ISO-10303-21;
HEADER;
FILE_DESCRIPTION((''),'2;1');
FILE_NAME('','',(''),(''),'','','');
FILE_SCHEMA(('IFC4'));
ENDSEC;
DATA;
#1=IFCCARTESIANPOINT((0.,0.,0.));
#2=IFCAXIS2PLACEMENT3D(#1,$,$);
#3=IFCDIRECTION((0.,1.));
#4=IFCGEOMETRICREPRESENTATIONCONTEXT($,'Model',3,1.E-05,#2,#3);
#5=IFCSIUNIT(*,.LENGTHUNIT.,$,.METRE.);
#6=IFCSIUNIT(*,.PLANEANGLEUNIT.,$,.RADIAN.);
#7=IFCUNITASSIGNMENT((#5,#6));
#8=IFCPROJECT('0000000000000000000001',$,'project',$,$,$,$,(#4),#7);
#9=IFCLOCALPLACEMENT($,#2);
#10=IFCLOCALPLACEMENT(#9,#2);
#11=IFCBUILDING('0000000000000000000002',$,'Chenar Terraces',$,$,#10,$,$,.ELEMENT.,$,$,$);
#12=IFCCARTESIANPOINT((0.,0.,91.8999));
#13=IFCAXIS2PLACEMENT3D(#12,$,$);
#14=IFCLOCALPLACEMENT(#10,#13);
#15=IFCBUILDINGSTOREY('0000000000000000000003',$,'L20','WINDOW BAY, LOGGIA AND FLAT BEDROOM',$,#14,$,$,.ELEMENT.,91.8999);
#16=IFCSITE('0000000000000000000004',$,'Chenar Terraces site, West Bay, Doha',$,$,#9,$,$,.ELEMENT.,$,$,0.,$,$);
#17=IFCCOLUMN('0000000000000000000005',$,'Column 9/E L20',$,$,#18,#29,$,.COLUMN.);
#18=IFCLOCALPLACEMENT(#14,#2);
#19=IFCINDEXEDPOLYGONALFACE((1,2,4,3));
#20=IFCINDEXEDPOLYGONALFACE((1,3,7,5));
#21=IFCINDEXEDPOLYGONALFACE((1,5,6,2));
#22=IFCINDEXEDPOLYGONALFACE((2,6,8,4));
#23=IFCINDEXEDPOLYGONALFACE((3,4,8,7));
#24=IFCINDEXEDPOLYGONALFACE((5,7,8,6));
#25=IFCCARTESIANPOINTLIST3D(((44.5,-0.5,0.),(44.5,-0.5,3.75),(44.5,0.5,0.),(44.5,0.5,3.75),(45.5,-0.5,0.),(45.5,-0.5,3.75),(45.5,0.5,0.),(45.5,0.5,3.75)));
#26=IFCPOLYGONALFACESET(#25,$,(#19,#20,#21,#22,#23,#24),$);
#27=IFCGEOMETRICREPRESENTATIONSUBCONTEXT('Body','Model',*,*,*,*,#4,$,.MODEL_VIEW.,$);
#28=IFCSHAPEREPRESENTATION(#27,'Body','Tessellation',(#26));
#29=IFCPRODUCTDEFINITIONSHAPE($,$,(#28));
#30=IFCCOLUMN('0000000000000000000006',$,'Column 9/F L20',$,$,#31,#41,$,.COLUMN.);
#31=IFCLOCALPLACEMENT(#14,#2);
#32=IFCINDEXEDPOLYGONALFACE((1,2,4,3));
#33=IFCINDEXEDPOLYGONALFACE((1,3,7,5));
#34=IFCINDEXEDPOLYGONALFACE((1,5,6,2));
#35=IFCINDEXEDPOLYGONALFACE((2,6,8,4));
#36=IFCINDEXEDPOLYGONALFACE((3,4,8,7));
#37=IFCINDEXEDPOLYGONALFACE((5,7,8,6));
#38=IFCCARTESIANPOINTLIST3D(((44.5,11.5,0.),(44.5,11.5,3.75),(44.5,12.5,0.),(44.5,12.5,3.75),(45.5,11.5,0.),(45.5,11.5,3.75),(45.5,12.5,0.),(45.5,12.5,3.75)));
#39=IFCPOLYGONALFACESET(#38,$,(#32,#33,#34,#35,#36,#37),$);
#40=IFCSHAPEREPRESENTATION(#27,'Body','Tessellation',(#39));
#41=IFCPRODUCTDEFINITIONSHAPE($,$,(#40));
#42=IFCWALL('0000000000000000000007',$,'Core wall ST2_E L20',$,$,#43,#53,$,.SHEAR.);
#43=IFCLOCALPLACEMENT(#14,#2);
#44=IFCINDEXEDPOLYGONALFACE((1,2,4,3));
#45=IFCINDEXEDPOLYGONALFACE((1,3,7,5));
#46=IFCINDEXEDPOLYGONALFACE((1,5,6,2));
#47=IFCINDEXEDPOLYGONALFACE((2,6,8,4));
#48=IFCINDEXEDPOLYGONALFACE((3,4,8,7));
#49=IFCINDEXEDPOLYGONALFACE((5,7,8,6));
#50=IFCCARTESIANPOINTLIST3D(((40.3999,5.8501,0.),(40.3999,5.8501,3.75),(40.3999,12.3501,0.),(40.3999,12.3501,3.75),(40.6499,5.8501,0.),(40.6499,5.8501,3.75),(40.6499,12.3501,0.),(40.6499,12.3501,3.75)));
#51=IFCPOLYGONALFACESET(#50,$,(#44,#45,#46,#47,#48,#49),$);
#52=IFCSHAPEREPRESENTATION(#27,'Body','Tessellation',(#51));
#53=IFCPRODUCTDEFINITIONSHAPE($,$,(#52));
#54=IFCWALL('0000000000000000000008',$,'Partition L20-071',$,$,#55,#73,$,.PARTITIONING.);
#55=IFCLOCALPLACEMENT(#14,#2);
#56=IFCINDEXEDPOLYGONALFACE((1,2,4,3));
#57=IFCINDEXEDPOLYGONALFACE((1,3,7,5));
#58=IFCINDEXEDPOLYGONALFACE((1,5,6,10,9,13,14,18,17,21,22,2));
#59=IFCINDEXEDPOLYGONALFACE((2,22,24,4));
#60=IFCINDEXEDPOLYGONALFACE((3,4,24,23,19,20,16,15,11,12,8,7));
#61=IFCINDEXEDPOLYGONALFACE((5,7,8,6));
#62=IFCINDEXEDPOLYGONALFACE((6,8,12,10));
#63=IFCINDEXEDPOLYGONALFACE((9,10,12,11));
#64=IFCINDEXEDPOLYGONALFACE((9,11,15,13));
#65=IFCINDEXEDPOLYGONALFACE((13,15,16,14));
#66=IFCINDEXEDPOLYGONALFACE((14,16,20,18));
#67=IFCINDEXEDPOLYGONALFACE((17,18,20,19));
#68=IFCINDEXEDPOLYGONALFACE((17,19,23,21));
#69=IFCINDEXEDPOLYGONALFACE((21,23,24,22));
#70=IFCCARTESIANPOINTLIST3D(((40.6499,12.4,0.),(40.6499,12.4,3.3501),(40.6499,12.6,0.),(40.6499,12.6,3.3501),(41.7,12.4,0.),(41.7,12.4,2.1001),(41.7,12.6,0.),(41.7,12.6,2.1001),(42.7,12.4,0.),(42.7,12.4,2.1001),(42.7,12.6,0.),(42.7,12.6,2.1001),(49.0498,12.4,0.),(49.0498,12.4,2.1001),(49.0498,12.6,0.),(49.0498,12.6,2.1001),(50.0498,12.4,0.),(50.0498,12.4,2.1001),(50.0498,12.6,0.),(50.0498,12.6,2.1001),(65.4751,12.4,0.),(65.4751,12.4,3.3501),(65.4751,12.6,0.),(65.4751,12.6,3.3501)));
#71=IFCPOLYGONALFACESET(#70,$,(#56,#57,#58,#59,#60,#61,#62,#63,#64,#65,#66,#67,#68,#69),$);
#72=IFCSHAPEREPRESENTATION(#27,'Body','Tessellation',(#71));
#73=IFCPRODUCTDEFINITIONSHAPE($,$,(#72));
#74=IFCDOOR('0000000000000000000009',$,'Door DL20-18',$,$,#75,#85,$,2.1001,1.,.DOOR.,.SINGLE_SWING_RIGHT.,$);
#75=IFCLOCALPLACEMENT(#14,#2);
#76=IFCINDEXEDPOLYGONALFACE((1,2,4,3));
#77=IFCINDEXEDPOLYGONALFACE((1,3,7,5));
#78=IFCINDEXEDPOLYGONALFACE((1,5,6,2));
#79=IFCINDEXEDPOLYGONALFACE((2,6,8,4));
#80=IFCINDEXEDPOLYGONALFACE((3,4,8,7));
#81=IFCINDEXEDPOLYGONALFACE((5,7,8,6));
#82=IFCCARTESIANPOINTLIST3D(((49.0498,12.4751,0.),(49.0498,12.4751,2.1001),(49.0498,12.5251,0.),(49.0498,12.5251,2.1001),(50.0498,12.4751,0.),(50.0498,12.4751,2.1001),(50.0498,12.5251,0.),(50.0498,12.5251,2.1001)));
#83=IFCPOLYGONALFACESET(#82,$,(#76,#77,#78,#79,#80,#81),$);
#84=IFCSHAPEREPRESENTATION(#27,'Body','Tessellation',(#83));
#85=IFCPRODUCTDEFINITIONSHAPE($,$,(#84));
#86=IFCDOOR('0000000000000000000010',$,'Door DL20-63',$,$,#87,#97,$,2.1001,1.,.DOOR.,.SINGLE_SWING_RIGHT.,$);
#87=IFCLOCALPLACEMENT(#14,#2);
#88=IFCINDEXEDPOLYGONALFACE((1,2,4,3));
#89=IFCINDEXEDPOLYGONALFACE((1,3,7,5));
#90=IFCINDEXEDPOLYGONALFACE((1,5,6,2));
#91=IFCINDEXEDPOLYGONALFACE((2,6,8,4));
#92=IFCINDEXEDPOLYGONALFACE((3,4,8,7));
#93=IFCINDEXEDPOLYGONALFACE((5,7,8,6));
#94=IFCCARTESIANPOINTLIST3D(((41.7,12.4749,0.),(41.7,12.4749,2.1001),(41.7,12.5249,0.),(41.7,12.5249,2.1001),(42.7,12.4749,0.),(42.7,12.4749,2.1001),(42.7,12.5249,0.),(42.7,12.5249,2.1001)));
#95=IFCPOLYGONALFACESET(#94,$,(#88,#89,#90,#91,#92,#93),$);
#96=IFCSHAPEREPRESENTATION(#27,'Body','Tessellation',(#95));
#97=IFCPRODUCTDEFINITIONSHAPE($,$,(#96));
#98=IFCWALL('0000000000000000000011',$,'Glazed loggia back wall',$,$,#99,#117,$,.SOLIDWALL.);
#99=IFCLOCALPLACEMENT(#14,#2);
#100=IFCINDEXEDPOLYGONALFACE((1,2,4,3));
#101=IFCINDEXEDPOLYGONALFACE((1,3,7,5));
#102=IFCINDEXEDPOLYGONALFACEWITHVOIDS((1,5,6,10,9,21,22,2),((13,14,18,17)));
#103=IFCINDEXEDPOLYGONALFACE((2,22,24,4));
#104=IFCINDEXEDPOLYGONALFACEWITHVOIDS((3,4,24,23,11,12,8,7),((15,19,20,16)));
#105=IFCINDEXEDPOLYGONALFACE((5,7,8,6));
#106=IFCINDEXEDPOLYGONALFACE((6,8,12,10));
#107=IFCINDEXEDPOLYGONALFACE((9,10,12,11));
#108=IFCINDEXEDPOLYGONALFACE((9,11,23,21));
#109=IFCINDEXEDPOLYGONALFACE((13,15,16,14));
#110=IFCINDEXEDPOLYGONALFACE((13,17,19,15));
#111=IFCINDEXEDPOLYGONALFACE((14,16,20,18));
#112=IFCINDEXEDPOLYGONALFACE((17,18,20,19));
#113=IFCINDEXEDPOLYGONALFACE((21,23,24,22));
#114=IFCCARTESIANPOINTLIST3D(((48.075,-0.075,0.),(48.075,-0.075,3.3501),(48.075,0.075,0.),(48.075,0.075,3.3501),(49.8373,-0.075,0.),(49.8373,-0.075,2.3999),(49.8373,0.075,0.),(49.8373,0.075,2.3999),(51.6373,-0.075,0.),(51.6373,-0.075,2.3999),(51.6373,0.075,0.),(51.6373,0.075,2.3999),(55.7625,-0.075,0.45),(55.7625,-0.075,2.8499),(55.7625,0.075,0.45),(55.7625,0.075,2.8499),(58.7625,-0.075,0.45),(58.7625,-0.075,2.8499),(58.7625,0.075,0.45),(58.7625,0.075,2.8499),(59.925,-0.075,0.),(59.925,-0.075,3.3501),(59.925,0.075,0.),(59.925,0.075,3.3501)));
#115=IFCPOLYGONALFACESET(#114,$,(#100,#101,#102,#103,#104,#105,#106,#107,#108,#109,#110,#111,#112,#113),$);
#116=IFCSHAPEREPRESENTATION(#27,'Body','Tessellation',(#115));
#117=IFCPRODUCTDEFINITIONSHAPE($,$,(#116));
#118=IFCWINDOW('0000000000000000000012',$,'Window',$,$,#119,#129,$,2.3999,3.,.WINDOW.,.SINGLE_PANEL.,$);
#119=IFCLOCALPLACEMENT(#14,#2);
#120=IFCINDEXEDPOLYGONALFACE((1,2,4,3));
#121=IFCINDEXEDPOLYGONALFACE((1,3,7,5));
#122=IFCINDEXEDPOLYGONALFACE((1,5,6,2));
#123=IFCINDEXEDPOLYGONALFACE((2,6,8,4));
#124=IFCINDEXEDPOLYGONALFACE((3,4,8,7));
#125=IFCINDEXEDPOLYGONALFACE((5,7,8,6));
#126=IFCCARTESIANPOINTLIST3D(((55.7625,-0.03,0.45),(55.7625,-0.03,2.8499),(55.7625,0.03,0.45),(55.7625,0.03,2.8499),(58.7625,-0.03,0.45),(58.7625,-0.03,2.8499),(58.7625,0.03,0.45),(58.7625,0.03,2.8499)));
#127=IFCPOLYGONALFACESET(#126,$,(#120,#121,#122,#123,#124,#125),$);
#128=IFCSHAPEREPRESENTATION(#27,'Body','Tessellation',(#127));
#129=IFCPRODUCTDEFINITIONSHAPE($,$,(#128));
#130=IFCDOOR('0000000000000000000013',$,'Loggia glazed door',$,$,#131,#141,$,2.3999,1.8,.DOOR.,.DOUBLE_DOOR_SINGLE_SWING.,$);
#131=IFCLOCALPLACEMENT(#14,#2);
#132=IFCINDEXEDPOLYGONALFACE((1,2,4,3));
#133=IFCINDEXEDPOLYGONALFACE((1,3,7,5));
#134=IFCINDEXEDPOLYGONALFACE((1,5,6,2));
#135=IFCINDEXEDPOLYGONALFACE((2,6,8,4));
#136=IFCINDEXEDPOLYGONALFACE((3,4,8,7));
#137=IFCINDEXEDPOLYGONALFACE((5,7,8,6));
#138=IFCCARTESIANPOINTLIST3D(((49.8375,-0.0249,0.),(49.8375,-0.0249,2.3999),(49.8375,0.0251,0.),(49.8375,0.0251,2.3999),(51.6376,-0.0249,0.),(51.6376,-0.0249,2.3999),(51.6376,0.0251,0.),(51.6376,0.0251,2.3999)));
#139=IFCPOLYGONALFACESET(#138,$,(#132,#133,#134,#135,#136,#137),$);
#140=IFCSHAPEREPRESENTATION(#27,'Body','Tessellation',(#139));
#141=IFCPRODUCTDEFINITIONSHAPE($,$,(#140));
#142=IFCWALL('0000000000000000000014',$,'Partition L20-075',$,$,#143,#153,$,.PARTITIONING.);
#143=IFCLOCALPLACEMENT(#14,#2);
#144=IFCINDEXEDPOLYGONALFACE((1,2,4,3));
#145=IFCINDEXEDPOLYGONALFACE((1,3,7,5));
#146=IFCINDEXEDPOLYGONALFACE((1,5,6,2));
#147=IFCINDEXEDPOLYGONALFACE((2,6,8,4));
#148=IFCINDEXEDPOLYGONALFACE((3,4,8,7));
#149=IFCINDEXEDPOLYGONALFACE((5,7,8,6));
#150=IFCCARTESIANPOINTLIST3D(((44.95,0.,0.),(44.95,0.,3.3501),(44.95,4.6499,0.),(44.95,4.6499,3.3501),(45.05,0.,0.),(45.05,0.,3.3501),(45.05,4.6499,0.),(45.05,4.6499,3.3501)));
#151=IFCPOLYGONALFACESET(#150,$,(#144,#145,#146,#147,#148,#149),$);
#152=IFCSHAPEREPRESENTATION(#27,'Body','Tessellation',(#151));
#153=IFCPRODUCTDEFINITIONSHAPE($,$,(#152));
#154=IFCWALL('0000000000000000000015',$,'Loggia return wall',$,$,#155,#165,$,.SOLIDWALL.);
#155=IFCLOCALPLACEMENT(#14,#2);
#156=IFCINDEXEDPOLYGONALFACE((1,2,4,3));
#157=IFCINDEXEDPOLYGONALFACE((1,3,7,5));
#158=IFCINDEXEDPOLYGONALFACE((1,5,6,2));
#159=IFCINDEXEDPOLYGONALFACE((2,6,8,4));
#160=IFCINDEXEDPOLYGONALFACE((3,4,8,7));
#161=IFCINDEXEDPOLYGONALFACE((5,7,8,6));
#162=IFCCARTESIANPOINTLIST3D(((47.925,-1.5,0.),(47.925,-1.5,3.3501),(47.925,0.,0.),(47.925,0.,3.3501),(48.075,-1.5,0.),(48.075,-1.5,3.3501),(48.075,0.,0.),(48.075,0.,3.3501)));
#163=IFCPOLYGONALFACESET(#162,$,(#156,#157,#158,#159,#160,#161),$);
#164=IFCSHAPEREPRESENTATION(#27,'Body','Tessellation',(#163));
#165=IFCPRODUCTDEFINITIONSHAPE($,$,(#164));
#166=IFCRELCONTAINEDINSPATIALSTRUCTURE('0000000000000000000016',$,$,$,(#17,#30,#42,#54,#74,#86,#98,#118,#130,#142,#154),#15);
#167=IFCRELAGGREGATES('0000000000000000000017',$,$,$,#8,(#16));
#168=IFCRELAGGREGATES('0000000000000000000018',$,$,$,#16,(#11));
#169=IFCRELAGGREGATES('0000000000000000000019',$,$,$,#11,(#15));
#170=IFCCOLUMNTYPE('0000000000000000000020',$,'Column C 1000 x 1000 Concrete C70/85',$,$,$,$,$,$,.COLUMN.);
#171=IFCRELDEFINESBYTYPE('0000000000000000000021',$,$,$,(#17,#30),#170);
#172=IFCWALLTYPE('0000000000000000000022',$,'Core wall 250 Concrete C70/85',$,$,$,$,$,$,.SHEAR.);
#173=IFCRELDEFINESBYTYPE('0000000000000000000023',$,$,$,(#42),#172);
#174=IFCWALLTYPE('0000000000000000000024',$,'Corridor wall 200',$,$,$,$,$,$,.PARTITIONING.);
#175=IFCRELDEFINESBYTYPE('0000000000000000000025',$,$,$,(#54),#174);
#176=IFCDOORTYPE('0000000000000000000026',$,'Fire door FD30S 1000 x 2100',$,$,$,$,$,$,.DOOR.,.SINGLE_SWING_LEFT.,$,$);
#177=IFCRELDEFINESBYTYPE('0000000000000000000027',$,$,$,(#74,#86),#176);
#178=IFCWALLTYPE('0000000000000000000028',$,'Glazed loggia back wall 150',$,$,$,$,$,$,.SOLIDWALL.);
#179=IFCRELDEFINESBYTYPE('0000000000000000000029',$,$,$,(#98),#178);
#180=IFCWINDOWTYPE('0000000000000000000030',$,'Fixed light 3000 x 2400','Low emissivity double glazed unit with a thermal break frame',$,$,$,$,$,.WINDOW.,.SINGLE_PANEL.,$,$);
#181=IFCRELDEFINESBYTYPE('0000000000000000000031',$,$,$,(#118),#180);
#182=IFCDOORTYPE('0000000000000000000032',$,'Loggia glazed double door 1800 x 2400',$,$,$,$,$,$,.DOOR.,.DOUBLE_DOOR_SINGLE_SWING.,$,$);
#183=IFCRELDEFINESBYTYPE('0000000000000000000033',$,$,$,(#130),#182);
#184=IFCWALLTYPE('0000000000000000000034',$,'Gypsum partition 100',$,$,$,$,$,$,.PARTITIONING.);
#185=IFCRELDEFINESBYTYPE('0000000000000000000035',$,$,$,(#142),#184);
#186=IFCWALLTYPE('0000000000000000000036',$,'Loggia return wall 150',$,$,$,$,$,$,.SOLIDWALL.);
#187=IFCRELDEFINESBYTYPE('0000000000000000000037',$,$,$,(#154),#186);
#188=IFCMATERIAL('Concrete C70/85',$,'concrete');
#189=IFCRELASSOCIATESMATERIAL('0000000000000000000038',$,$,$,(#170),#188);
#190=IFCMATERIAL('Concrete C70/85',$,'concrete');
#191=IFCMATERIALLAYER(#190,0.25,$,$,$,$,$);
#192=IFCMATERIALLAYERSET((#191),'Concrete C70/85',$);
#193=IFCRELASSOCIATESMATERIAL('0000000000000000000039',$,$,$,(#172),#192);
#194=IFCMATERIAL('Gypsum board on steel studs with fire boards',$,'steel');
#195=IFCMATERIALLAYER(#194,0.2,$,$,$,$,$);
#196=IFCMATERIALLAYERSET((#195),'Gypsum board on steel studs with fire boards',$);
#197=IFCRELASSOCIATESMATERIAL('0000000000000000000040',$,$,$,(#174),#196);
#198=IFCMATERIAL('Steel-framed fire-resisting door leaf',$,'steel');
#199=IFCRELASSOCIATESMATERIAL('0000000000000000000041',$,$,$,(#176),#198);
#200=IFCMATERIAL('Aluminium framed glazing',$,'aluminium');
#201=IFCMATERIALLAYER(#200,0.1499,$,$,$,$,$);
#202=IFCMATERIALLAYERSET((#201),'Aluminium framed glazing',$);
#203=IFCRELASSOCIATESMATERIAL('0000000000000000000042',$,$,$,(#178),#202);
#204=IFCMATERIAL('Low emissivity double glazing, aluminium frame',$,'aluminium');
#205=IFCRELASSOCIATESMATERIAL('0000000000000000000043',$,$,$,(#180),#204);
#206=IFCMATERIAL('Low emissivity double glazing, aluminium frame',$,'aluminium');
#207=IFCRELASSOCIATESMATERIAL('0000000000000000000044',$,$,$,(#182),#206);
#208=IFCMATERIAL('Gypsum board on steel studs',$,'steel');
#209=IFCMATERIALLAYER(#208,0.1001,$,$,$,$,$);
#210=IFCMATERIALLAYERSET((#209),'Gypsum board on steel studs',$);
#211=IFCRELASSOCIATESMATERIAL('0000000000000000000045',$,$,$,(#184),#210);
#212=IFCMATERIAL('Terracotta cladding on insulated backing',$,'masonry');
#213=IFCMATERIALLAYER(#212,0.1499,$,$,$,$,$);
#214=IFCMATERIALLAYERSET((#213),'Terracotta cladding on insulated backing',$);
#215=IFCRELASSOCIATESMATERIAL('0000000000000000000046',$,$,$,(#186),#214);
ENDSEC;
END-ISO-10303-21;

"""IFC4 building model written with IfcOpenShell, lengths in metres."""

from ifc_helpers import new_model, si_unit, direction, frame, frame_2d, origin, origin_2d, place, context, subcontext, project, spatial, rectangle, extrude, material, layer, layer_set, material_profile, profile_set, type_object, element, fill, save


model = new_model("IFC4")

# Units and contexts
model_context = context("Model", 3, precision=1e-05, world=origin(), true_north=direction((0.0, 1.0)))
body_context = subcontext(model_context, "Body", "Model", "MODEL_VIEW")
ifc_project = project(units=[si_unit("LENGTHUNIT", "METRE"), si_unit("PLANEANGLEUNIT", "RADIAN")], contexts=[model_context])

# Site, building, storey
site_placement = place(None, origin())
site = spatial("IfcSite", under=ifc_project, at=site_placement, Name="Chenar Terraces site, West Bay, Doha", CompositionType="ELEMENT", RefElevation=0.0)
building_placement = place(site_placement, origin())
building = spatial("IfcBuilding", under=site, at=building_placement, Name="Chenar Terraces", CompositionType="ELEMENT")
storey_placement = place(building_placement, frame((0.0, 0.0, 91.8999)))
storey = spatial("IfcBuildingStorey", under=building, at=storey_placement, Name="L20", Description="WINDOW BAY, LOGGIA AND FLAT BEDROOM", CompositionType="ELEMENT", Elevation=91.8999)

# Columns
ifc_material_1 = material(Name="Concrete C70/85", Category="concrete")
ifc_material_profile_1 = material_profile(ifc_material_1, rectangle(XDim=1.0, YDim=1.0, at=origin_2d()), Name="C 1000 x 1000")
ifc_profile_set_1 = profile_set([ifc_material_profile_1], Name="Concrete C70/85")
column_type = type_object("IfcColumnType", Name="Column C 1000 x 1000 Concrete C70/85", PredefinedType="COLUMN", material=ifc_profile_set_1)
for number, where, z_axis, x_axis, name in (
    (1, (45.0, 0.0, 0.0), (0.0, 0.0, 1.0), (1.0, 0.0, 0.0), "Column 9/E L20"),
    (2, (45.0, 12.0, 0.0), (0.0, 0.0, 1.0), (1.0, 0.0, 0.0), "Column 9/F L20"),
):
    element("IfcColumn", number, at=place(storey_placement, frame(where, z_axis=z_axis, x_axis=x_axis)), inside=storey, type_object=column_type, Name=name, PredefinedType="COLUMN", context=body_context, shape_type="SweptSolid", body=[
        extrude(rectangle(XDim=1.0, YDim=1.0, at=origin_2d()), origin(), (0.0, 0.0, 1.0), 3.75),
    ])

# Wall
ifc_material_2 = material(Name="Concrete C70/85", Category="concrete")
ifc_layer_1 = layer(ifc_material_2, 0.25)
ifc_layer_set_1 = layer_set([ifc_layer_1], Name="Concrete C70/85")
wall_type_1 = type_object("IfcWallType", Name="Core wall 250 Concrete C70/85", PredefinedType="SHEAR", material=ifc_layer_set_1)
wall_1_placement = place(storey_placement, frame((40.5249, 5.8501, 0.0), z_axis=(0.0, 0.0, 1.0), x_axis=(0.0, 1.0, 0.0)))
element("IfcWall", 3, at=wall_1_placement, inside=storey, type_object=wall_type_1, Name="Core wall ST2_E L20", PredefinedType="SHEAR", context=body_context, shape_type="SweptSolid", body=[
    extrude(rectangle(XDim=6.5, YDim=0.25, at=frame_2d((3.25, 0.0))), origin(), (0.0, 0.0, 1.0), 3.75),
])

# Wall, openings, doors
ifc_material_3 = material(Name="Gypsum board on steel studs with fire boards", Category="steel")
ifc_layer_2 = layer(ifc_material_3, 0.2)
ifc_layer_set_2 = layer_set([ifc_layer_2], Name="Gypsum board on steel studs with fire boards")
wall_type_2 = type_object("IfcWallType", Name="Corridor wall 200", PredefinedType="PARTITIONING", material=ifc_layer_set_2)
wall_2_placement = place(storey_placement, frame((40.6499, 12.5, 0.0), z_axis=(0.0, 0.0, 1.0), x_axis=(1.0, 0.0, 0.0)))
wall_2 = element("IfcWall", 4, at=wall_2_placement, inside=storey, type_object=wall_type_2, Name="Partition L20-071", PredefinedType="PARTITIONING", context=body_context, shape_type="SweptSolid", body=[
    extrude(rectangle(XDim=24.8252, YDim=0.2, at=frame_2d((12.4126, 0.0))), origin(), (0.0, 0.0, 1.0), 3.3501),
])
opening_1_placement = place(wall_2_placement, frame((8.3999, 0.0, 0.0)))
opening_1 = element("IfcOpeningElement", 5, at=opening_1_placement, cuts=wall_2, PredefinedType="OPENING", context=body_context, shape_type="SweptSolid", body=[
    extrude(rectangle(XDim=1.0, YDim=2.1001, at=frame_2d((0.5, 1.05))), frame((0.0, 0.1099, 0.0), z_axis=(0.0, -1.0, 0.0), x_axis=(1.0, 0.0, 0.0)), (0.0, 0.0, 1.0), 0.22),
])
opening_2_placement = place(wall_2_placement, frame((1.05, 0.0, 0.0)))
opening_2 = element("IfcOpeningElement", 6, at=opening_2_placement, cuts=wall_2, PredefinedType="OPENING", context=body_context, shape_type="SweptSolid", body=[
    extrude(rectangle(XDim=1.0, YDim=2.1001, at=frame_2d((0.5, 1.05))), frame((0.0, 0.1099, 0.0), z_axis=(0.0, -1.0, 0.0), x_axis=(1.0, 0.0, 0.0)), (0.0, 0.0, 1.0), 0.22),
])
ifc_material_4 = material(Name="Steel-framed fire-resisting door leaf", Category="steel")
door_type_1 = type_object("IfcDoorType", Name="Fire door FD30S 1000 x 2100", OperationType="SINGLE_SWING_LEFT", PredefinedType="DOOR", material=ifc_material_4)
door_1_placement = place(opening_1_placement, frame((1.0, 0.0, 0.0), z_axis=(0.0, 0.0, 1.0), x_axis=(-1.0, 0.0, 0.0)))
door_1 = element("IfcDoor", 7, at=door_1_placement, inside=storey, type_object=door_type_1, Name="Door DL20-18", OperationType="SINGLE_SWING_RIGHT", OverallHeight=2.1001, OverallWidth=1.0, PredefinedType="DOOR", context=body_context, shape_type="SweptSolid", body=[
    extrude(rectangle(XDim=1.0, YDim=2.1001, at=frame_2d((0.5, 1.05))), frame((0.0, 0.0249, 0.0), z_axis=(0.0, -1.0, 0.0), x_axis=(1.0, 0.0, 0.0)), (0.0, 0.0, 1.0), 0.05),
])
fill(opening_1, door_1)
door_2_placement = place(opening_2_placement, origin())
door_2 = element("IfcDoor", 8, at=door_2_placement, inside=storey, type_object=door_type_1, Name="Door DL20-63", OperationType="SINGLE_SWING_RIGHT", OverallHeight=2.1001, OverallWidth=1.0, PredefinedType="DOOR", context=body_context, shape_type="SweptSolid", body=[
    extrude(rectangle(XDim=1.0, YDim=2.1001, at=frame_2d((0.5, 1.05))), frame((0.0, 0.0249, 0.0), z_axis=(0.0, -1.0, 0.0), x_axis=(1.0, 0.0, 0.0)), (0.0, 0.0, 1.0), 0.05),
])
fill(opening_2, door_2)

# Wall, openings, window, door
ifc_material_5 = material(Name="Aluminium framed glazing", Category="aluminium")
ifc_layer_3 = layer(ifc_material_5, 0.1499)
ifc_layer_set_3 = layer_set([ifc_layer_3], Name="Aluminium framed glazing")
wall_type_3 = type_object("IfcWallType", Name="Glazed loggia back wall 150", PredefinedType="SOLIDWALL", material=ifc_layer_set_3)
wall_3_placement = place(storey_placement, frame((48.075, 0.0, 0.0), z_axis=(0.0, 0.0, 1.0), x_axis=(1.0, 0.0, 0.0)))
wall_3 = element("IfcWall", 9, at=wall_3_placement, inside=storey, type_object=wall_type_3, Name="Glazed loggia back wall", PredefinedType="SOLIDWALL", context=body_context, shape_type="SweptSolid", body=[
    extrude(rectangle(XDim=11.8501, YDim=0.1499, at=frame_2d((5.925, 0.0))), origin(), (0.0, 0.0, 1.0), 3.3501),
])
opening_3_placement = place(wall_3_placement, frame((1.7625, 0.0, 0.0)))
opening_3 = element("IfcOpeningElement", 10, at=opening_3_placement, cuts=wall_3, PredefinedType="OPENING", context=body_context, shape_type="SweptSolid", body=[
    extrude(rectangle(XDim=1.8, YDim=2.3999, at=frame_2d((0.8999, 1.2))), frame((0.0, 0.085, 0.0), z_axis=(0.0, -1.0, 0.0), x_axis=(1.0, 0.0, 0.0)), (0.0, 0.0, 1.0), 0.1699),
])
opening_4_placement = place(wall_3_placement, frame((7.6875, 0.0, 0.45)))
opening_4 = element("IfcOpeningElement", 11, at=opening_4_placement, cuts=wall_3, PredefinedType="OPENING", context=body_context, shape_type="SweptSolid", body=[
    extrude(rectangle(XDim=3.0, YDim=2.3999, at=frame_2d((1.5, 1.2))), frame((0.0, 0.085, 0.0), z_axis=(0.0, -1.0, 0.0), x_axis=(1.0, 0.0, 0.0)), (0.0, 0.0, 1.0), 0.1699),
])
ifc_material_6 = material(Name="Low emissivity double glazing, aluminium frame", Category="aluminium")
window_type = type_object("IfcWindowType", Name="Fixed light 3000 x 2400", Description="Low emissivity double glazed unit with a thermal break frame", PartitioningType="SINGLE_PANEL", PredefinedType="WINDOW", material=ifc_material_6)
window_placement = place(opening_4_placement, origin())
window = element("IfcWindow", 12, at=window_placement, inside=storey, type_object=window_type, Name="Window", OverallHeight=2.3999, OverallWidth=3.0, PartitioningType="SINGLE_PANEL", PredefinedType="WINDOW", context=body_context, shape_type="SweptSolid", body=[
    extrude(rectangle(XDim=3.0, YDim=2.3999, at=frame_2d((1.5, 1.2))), frame((0.0, 0.03, 0.0), z_axis=(0.0, -1.0, 0.0), x_axis=(1.0, 0.0, 0.0)), (0.0, 0.0, 1.0), 0.0601),
])
fill(opening_4, window)
ifc_material_7 = material(Name="Low emissivity double glazing, aluminium frame", Category="aluminium")
door_type_2 = type_object("IfcDoorType", Name="Loggia glazed double door 1800 x 2400", OperationType="DOUBLE_DOOR_SINGLE_SWING", PredefinedType="DOOR", material=ifc_material_7)
door_3_placement = place(opening_3_placement, frame((1.8, 0.0, 0.0), z_axis=(0.0, 0.0, 1.0), x_axis=(-1.0, 0.0, 0.0)))
door_3 = element("IfcDoor", 13, at=door_3_placement, inside=storey, type_object=door_type_2, Name="Loggia glazed door", OperationType="DOUBLE_DOOR_SINGLE_SWING", OverallHeight=2.3999, OverallWidth=1.8, PredefinedType="DOOR", context=body_context, shape_type="SweptSolid", body=[
    extrude(rectangle(XDim=1.8, YDim=2.3999, at=frame_2d((0.8999, 1.2))), frame((0.0, 0.0249, 0.0), z_axis=(0.0, -1.0, 0.0), x_axis=(1.0, 0.0, 0.0)), (0.0, 0.0, 1.0), 0.05),
])
fill(opening_3, door_3)

# Walls
ifc_material_8 = material(Name="Gypsum board on steel studs", Category="steel")
ifc_layer_4 = layer(ifc_material_8, 0.1001)
ifc_layer_set_4 = layer_set([ifc_layer_4], Name="Gypsum board on steel studs")
wall_type_4 = type_object("IfcWallType", Name="Gypsum partition 100", PredefinedType="PARTITIONING", material=ifc_layer_set_4)
wall_4_placement = place(storey_placement, frame((45.0, 0.0, 0.0), z_axis=(0.0, 0.0, 1.0), x_axis=(0.0, 1.0, 0.0)))
element("IfcWall", 14, at=wall_4_placement, inside=storey, type_object=wall_type_4, Name="Partition L20-075", PredefinedType="PARTITIONING", context=body_context, shape_type="SweptSolid", body=[
    extrude(rectangle(XDim=4.6499, YDim=0.1001, at=frame_2d((2.325, 0.0))), origin(), (0.0, 0.0, 1.0), 3.3501),
])
ifc_material_9 = material(Name="Terracotta cladding on insulated backing", Category="masonry")
ifc_layer_5 = layer(ifc_material_9, 0.1499)
ifc_layer_set_5 = layer_set([ifc_layer_5], Name="Terracotta cladding on insulated backing")
wall_type_5 = type_object("IfcWallType", Name="Loggia return wall 150", PredefinedType="SOLIDWALL", material=ifc_layer_set_5)
wall_5_placement = place(storey_placement, frame((48.0, -1.5, 0.0), z_axis=(0.0, 0.0, 1.0), x_axis=(0.0, 1.0, 0.0)))
element("IfcWall", 15, at=wall_5_placement, inside=storey, type_object=wall_type_5, Name="Loggia return wall", PredefinedType="SOLIDWALL", context=body_context, shape_type="SweptSolid", body=[
    extrude(rectangle(XDim=1.5, YDim=0.1499, at=frame_2d((0.75, 0.0))), origin(), (0.0, 0.0, 1.0), 3.3501),
])

save(model, "model.ifc")
